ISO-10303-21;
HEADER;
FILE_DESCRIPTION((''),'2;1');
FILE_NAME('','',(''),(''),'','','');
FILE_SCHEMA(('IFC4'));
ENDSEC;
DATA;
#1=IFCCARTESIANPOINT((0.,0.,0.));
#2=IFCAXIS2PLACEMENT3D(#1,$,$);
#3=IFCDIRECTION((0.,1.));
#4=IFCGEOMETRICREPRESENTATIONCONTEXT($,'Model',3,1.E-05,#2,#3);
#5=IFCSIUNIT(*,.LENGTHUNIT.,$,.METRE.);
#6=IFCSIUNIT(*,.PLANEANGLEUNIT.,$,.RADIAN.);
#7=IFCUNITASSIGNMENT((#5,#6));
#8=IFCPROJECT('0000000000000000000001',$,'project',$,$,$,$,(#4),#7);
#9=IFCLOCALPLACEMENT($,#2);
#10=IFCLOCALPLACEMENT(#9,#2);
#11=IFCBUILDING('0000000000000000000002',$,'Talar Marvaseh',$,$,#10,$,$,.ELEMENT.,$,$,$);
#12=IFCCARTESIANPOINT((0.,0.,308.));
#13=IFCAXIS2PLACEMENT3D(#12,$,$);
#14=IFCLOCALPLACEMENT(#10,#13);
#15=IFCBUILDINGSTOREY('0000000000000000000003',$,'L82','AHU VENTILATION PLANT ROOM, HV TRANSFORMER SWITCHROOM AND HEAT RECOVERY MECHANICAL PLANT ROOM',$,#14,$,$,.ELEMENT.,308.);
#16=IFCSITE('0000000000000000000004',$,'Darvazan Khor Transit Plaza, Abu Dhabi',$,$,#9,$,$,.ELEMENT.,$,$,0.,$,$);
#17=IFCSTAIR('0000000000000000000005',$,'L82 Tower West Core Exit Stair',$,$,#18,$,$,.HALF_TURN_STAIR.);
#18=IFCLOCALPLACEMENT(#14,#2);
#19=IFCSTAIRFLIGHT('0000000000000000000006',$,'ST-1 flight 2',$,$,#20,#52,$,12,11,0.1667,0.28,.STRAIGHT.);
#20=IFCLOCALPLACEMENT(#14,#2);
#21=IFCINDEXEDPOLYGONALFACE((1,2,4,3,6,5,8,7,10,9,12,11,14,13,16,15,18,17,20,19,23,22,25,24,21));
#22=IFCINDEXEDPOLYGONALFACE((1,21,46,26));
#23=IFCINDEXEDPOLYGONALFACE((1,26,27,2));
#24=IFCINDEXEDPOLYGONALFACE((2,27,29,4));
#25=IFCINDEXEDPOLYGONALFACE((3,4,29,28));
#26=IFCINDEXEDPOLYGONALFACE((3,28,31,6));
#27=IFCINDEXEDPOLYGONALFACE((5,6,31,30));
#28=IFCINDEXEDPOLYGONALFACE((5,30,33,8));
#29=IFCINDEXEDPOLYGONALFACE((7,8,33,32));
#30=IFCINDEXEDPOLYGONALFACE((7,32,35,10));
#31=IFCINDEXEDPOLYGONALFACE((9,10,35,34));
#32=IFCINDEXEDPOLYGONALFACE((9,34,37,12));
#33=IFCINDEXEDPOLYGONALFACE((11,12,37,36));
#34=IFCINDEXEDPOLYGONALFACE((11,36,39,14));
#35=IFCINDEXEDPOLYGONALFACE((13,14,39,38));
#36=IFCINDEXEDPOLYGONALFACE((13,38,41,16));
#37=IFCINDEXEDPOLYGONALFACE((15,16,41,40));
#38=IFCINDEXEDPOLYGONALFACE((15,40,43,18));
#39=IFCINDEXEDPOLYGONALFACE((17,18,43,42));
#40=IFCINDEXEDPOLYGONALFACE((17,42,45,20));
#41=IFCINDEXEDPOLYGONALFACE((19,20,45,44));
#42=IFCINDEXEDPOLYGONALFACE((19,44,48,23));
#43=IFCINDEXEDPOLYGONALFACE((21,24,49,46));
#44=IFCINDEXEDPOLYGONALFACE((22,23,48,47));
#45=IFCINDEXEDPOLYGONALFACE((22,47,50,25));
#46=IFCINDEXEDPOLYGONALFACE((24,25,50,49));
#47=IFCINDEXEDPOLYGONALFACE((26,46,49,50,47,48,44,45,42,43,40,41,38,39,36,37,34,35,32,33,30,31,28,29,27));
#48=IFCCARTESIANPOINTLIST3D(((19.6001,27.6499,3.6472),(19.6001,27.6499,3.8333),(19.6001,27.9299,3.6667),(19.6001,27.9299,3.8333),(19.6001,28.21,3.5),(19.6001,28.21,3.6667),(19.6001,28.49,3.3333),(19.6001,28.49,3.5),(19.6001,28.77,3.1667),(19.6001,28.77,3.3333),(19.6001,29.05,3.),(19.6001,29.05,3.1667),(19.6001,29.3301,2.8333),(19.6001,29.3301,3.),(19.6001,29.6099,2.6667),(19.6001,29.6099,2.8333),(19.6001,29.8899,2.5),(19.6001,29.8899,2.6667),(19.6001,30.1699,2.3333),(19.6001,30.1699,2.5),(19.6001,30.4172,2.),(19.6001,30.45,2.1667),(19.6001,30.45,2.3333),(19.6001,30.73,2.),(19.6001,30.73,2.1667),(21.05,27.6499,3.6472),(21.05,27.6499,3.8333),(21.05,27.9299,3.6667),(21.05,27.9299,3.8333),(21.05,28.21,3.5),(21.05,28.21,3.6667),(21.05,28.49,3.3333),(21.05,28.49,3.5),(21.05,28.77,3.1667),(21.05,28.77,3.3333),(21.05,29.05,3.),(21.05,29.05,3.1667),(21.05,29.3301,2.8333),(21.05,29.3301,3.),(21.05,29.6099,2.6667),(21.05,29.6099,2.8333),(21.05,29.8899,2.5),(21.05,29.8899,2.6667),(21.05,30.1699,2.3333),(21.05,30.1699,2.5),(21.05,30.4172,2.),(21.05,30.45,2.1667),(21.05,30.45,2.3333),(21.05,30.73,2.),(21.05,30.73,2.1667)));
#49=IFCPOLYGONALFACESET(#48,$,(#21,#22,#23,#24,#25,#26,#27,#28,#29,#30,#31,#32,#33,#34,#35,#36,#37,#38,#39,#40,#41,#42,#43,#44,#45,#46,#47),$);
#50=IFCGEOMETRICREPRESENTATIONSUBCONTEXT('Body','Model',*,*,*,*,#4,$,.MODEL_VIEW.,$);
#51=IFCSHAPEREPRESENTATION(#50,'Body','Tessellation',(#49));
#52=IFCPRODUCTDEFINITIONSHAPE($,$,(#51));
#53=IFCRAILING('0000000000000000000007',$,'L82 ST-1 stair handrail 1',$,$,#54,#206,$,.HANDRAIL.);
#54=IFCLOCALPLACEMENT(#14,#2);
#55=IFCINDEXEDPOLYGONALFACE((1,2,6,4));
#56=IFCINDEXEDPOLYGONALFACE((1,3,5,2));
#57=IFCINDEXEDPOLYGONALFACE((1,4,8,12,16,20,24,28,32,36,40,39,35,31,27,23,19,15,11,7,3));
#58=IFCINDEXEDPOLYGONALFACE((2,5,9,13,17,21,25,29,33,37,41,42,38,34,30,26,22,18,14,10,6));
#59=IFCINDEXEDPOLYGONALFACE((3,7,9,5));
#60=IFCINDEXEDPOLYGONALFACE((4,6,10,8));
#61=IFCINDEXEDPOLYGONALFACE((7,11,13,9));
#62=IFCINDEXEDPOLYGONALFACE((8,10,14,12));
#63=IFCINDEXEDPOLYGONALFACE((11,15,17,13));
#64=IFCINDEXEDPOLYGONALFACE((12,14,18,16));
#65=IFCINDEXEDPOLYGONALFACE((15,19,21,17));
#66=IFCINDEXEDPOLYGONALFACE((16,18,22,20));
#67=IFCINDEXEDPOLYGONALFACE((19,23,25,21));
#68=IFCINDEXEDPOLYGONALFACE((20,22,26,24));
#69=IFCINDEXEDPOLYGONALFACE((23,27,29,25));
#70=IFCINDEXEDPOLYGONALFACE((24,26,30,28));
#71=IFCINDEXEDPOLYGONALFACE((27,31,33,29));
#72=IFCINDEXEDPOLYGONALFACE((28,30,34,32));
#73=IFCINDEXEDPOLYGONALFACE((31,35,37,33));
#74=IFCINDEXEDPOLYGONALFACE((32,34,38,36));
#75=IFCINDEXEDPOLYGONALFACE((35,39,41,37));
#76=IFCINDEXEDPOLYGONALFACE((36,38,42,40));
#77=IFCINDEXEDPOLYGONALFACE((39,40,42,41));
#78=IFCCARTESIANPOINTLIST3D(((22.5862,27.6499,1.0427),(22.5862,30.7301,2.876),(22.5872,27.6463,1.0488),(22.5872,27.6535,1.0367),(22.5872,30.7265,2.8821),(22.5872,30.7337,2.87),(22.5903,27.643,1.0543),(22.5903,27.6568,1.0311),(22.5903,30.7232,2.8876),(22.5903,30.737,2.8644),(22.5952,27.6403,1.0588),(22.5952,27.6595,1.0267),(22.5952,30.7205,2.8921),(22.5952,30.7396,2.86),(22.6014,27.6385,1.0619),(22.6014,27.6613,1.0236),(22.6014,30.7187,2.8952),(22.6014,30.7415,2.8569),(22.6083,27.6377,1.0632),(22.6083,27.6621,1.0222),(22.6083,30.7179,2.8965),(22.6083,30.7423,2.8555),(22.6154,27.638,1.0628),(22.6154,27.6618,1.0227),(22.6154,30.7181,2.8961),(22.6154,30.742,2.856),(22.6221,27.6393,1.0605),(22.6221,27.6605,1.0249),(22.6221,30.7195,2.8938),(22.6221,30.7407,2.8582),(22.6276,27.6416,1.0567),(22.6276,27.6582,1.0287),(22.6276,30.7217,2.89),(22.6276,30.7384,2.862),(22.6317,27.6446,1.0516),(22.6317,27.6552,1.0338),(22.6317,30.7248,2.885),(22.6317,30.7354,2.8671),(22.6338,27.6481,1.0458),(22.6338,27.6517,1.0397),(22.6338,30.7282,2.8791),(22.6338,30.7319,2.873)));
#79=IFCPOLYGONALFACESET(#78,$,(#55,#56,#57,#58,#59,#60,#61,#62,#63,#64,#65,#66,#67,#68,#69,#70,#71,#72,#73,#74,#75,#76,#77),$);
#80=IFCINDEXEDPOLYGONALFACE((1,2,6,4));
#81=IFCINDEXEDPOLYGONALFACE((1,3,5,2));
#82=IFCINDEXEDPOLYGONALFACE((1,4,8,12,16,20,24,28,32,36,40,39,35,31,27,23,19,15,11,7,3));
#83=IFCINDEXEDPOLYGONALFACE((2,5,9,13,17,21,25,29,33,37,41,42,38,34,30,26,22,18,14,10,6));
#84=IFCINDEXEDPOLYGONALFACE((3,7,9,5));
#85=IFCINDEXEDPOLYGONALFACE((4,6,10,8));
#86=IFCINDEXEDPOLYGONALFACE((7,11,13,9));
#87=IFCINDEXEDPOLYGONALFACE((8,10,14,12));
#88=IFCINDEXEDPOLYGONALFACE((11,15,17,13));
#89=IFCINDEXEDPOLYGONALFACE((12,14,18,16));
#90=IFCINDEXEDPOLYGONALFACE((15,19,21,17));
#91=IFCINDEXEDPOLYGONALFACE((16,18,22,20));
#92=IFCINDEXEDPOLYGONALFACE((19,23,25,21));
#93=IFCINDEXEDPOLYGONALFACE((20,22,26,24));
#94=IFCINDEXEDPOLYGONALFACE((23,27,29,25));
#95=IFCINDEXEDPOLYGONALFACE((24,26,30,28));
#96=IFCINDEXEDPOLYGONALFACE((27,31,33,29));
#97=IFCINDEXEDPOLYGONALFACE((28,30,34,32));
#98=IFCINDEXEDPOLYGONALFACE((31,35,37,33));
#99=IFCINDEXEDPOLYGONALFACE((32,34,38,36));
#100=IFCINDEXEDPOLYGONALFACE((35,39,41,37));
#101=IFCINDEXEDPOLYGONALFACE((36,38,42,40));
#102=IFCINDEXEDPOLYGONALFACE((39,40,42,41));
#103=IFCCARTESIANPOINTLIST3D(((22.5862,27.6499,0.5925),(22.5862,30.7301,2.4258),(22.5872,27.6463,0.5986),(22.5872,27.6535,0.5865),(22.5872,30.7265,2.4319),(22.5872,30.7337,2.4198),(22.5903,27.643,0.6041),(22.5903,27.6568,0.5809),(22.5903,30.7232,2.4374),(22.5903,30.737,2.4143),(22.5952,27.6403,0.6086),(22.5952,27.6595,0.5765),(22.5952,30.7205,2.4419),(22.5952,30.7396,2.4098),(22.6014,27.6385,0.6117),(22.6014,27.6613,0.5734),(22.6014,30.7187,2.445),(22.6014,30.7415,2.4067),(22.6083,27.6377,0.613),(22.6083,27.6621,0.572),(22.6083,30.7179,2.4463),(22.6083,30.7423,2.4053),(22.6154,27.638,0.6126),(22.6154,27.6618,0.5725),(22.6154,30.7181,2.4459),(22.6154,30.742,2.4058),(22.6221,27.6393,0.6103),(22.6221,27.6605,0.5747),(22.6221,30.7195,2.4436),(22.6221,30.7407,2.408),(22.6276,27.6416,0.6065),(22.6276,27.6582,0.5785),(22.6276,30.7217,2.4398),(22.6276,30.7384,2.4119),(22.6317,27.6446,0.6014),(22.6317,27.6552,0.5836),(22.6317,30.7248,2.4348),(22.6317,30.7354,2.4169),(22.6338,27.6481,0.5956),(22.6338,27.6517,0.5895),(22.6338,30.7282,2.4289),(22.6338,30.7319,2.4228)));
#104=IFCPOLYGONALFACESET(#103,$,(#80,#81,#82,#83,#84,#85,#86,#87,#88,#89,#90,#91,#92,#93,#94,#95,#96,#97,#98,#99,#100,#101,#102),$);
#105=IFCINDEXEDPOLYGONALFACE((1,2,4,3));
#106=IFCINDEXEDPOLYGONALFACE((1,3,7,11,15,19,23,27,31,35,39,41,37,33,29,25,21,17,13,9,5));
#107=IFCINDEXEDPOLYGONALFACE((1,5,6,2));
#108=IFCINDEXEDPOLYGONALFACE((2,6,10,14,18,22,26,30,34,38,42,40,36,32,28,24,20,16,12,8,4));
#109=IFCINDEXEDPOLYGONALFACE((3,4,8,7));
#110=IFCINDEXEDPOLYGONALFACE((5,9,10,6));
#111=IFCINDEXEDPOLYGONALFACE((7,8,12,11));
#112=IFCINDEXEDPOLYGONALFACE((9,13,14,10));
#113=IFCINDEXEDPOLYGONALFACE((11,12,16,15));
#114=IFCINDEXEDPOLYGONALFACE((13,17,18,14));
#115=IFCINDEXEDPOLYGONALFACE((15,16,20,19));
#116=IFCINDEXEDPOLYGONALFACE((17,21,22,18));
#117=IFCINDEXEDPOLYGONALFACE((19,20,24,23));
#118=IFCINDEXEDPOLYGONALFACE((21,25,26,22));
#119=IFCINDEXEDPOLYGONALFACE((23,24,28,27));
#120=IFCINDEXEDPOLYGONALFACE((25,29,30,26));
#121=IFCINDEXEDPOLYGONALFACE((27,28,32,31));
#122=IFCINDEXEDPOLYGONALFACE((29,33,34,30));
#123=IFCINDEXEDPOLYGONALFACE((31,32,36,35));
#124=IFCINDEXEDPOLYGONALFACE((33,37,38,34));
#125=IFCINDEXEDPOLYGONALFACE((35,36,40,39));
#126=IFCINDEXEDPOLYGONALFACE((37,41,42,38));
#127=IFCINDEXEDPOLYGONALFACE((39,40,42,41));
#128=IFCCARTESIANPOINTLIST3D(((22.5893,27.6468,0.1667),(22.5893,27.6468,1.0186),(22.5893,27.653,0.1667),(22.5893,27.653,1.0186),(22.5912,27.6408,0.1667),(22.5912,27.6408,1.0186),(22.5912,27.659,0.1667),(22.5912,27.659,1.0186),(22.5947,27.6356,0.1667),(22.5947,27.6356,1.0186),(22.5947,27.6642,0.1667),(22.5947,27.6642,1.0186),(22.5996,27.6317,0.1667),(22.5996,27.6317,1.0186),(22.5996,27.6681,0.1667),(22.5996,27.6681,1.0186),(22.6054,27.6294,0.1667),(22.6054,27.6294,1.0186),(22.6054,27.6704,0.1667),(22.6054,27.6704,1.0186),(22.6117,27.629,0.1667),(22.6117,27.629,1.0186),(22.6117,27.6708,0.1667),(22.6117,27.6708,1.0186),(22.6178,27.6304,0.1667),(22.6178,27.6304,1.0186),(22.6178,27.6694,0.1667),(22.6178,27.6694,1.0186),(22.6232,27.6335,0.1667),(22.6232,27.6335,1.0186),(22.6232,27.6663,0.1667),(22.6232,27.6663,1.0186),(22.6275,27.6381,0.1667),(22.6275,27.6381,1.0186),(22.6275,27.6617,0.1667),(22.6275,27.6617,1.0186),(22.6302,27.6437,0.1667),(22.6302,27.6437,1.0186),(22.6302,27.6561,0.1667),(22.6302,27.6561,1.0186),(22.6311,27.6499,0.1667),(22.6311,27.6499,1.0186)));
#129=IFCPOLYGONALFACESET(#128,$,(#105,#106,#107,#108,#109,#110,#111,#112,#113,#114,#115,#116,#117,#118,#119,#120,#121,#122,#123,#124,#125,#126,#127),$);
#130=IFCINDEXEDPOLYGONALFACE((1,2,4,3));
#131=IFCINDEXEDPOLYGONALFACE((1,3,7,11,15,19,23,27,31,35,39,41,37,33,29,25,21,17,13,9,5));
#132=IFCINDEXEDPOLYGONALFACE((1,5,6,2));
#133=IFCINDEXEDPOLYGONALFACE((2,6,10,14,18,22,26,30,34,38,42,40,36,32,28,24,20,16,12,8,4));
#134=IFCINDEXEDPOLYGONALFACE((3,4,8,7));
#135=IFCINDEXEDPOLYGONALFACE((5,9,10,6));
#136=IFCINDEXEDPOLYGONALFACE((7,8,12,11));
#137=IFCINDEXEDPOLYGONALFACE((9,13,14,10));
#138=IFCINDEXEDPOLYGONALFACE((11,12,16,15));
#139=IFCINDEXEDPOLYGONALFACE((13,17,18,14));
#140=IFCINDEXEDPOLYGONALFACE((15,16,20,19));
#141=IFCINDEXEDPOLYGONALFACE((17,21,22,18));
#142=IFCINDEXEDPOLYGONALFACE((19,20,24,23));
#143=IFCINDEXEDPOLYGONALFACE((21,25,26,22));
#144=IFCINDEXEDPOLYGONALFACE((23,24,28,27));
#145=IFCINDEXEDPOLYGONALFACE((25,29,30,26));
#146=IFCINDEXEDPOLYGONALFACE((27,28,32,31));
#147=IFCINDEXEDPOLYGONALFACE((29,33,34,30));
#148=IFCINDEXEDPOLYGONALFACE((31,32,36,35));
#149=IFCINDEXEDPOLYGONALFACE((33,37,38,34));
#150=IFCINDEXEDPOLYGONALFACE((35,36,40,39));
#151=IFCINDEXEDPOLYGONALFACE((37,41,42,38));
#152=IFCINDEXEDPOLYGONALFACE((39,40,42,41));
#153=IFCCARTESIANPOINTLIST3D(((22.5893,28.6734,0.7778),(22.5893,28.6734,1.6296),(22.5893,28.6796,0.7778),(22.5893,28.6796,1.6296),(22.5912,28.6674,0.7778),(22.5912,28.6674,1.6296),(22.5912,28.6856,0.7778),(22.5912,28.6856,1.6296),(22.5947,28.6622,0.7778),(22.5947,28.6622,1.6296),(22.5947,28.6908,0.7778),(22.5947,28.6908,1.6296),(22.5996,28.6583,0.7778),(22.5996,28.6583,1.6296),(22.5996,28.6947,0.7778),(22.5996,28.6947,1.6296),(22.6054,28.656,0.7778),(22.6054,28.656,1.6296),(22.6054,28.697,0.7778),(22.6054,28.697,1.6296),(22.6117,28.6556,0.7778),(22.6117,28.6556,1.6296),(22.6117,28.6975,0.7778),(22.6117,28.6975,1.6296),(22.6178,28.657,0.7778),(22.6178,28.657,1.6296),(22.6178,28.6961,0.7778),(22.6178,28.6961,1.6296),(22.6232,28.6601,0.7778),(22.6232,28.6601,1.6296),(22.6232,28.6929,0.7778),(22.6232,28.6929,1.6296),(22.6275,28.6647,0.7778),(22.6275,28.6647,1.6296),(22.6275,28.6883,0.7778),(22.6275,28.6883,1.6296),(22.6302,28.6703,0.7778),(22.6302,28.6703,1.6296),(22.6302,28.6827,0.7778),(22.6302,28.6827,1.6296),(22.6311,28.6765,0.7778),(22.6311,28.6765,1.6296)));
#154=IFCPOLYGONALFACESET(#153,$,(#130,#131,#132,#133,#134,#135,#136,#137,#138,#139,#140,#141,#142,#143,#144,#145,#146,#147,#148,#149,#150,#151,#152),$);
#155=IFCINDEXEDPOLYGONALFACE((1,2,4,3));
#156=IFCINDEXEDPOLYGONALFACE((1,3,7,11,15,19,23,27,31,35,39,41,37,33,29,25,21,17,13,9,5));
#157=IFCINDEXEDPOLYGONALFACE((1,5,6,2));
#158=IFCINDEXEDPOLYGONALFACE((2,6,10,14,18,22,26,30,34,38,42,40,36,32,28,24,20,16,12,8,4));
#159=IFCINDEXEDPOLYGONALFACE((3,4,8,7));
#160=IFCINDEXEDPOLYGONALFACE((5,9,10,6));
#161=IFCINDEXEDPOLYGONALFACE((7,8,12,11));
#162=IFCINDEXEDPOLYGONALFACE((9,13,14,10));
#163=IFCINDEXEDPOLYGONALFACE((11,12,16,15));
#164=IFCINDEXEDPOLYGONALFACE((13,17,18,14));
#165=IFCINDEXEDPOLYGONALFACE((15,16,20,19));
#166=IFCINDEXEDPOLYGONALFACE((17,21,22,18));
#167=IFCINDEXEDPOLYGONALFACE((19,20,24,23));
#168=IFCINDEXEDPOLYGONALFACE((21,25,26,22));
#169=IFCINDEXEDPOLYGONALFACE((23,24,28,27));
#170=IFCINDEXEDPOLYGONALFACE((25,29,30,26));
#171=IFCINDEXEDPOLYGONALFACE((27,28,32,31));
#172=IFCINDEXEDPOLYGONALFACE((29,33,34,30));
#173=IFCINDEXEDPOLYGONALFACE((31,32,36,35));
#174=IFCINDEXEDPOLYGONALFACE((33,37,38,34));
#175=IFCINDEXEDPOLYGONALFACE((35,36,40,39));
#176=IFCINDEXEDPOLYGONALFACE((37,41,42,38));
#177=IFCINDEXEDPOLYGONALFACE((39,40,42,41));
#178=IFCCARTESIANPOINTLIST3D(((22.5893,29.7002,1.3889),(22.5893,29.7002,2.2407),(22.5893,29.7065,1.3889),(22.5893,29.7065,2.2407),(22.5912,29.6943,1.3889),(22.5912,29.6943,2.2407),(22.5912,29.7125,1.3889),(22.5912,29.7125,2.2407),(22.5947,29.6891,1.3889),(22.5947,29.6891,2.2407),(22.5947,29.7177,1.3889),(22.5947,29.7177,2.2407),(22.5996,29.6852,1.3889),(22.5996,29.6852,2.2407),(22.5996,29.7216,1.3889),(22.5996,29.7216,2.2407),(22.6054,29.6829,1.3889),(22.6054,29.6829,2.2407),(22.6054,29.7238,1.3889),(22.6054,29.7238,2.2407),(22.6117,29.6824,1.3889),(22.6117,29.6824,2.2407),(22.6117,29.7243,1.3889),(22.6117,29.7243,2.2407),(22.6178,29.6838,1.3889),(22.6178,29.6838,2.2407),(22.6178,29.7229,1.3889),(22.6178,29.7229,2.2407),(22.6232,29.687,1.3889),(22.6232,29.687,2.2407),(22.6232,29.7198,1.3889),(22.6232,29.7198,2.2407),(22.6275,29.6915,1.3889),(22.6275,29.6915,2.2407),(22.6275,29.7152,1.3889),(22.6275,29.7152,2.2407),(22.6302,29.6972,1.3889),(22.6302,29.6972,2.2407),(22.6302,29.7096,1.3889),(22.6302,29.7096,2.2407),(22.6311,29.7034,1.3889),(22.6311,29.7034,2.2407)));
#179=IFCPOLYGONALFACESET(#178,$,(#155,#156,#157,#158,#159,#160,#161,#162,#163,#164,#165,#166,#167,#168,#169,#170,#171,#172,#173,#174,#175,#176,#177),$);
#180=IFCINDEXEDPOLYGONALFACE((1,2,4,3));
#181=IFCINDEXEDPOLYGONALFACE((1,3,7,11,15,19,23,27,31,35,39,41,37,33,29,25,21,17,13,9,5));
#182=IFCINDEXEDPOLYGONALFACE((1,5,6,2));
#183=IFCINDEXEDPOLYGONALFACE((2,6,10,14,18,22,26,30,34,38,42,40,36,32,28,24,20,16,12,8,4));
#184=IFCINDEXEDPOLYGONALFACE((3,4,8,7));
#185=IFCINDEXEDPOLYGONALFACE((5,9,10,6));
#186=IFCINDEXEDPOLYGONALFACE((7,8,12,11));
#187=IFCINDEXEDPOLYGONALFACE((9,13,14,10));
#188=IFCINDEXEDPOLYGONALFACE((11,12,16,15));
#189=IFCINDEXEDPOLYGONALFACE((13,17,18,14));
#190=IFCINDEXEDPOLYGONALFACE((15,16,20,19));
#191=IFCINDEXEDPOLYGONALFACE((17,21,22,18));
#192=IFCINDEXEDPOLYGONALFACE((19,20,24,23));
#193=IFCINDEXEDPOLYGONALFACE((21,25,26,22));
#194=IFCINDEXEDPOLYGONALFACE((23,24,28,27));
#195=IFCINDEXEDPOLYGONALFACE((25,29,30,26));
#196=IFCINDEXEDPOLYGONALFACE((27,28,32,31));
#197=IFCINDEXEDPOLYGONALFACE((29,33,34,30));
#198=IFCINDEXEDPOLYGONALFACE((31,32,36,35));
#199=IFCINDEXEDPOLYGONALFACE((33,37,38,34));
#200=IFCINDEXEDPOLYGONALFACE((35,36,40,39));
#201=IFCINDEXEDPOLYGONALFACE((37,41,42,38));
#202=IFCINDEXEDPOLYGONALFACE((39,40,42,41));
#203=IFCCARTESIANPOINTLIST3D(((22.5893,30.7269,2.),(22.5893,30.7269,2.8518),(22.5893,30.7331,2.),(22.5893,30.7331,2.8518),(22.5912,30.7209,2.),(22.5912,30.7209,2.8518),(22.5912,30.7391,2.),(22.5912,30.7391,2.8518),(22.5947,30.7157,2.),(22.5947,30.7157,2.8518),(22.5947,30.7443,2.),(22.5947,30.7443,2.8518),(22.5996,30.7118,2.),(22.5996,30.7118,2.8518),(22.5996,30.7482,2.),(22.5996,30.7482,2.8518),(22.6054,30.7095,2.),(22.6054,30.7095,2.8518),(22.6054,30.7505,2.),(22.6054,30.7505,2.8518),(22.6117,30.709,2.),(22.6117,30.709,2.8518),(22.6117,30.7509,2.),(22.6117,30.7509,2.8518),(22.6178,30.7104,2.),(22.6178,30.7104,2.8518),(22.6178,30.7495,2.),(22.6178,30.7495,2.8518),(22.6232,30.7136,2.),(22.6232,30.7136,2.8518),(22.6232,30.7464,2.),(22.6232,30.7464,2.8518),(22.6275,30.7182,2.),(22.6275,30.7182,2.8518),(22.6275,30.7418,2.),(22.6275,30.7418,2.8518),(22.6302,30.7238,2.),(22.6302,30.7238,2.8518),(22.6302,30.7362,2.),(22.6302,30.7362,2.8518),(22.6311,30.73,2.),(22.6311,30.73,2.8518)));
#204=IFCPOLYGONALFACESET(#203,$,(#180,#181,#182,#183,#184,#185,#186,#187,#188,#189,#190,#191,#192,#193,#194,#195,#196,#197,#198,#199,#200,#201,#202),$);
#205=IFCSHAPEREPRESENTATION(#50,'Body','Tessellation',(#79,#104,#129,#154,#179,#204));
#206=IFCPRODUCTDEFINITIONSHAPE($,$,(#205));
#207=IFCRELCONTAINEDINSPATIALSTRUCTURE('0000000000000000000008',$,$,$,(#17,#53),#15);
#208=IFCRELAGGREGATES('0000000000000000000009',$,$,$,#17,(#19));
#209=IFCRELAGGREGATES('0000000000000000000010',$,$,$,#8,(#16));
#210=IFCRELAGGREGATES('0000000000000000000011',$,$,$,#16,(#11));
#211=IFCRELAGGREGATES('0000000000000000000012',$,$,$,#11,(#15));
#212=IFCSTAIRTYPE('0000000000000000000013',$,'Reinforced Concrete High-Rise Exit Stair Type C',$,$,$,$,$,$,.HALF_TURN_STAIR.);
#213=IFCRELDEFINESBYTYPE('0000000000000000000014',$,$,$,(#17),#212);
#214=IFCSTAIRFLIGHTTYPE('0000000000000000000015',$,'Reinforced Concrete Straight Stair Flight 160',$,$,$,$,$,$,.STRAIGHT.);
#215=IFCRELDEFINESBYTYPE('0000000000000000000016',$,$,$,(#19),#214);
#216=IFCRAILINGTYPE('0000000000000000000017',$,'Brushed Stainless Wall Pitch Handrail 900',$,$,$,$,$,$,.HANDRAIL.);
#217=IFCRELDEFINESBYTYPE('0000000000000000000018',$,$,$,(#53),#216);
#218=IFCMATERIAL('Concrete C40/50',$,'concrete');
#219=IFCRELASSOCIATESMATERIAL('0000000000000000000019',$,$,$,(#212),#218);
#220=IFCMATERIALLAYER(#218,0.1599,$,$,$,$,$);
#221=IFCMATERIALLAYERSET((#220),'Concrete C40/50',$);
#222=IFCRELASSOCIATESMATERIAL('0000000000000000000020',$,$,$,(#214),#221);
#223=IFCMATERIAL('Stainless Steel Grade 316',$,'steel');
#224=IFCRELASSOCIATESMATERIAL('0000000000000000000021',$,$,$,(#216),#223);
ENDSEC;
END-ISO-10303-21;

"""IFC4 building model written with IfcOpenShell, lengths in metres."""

from ifc_helpers import new_model, si_unit, direction, frame, origin, origin_2d, place, context, subcontext, project, spatial, polyline, circle, outline, extrude, material, layer, layer_set, type_object, element, aggregate, save


model = new_model("IFC4")

# Units and contexts
model_context = context("Model", 3, precision=1e-05, world=origin(), true_north=direction((0.0, 1.0)))
body_context = subcontext(model_context, "Body", "Model", "MODEL_VIEW")
ifc_project = project(units=[si_unit("LENGTHUNIT", "METRE"), si_unit("PLANEANGLEUNIT", "RADIAN")], contexts=[model_context])

# Site, building, storey
site_placement = place(None, origin())
site = spatial("IfcSite", under=ifc_project, at=site_placement, Name="Darvazan Khor Transit Plaza, Abu Dhabi", CompositionType="ELEMENT", RefElevation=0.0)
building_placement = place(site_placement, origin())
building = spatial("IfcBuilding", under=site, at=building_placement, Name="Talar Marvaseh", CompositionType="ELEMENT")
storey_placement = place(building_placement, frame((0.0, 0.0, 308.0)))
storey = spatial("IfcBuildingStorey", under=building, at=storey_placement, Name="L82", Description="AHU VENTILATION PLANT ROOM, HV TRANSFORMER SWITCHROOM AND HEAT RECOVERY MECHANICAL PLANT ROOM", CompositionType="ELEMENT", Elevation=308.0)

# Shared definitions
ifc_material_1 = material(Name="Concrete C40/50", Category="concrete")

# Shared definitions
ifc_material_2 = material(Name="Stainless Steel Grade 316", Category="steel")

# Stair, stair flight
stair_type = type_object("IfcStairType", Name="Reinforced Concrete High-Rise Exit Stair Type C", PredefinedType="HALF_TURN_STAIR", material=ifc_material_1)
stair_placement = place(storey_placement, origin())
stair = element("IfcStair", 1, at=stair_placement, inside=storey, type_object=stair_type, Name="L82 Tower West Core Exit Stair", PredefinedType="HALF_TURN_STAIR")
ifc_layer_1 = layer(ifc_material_1, 0.1599)
ifc_layer_set_1 = layer_set([ifc_layer_1], Name="Concrete C40/50")
stair_flight_type = type_object("IfcStairFlightType", Name="Reinforced Concrete Straight Stair Flight 160", PredefinedType="STRAIGHT", material=ifc_layer_set_1)
stair_flight_1_placement = place(storey_placement, frame((20.325, 30.73, 2.0), z_axis=(0.0, 0.0, 1.0), x_axis=(0.0, -1.0, 0.0)))
stair_flight_1 = element("IfcStairFlight", 2, at=stair_flight_1_placement, type_object=stair_flight_type, Name="ST-1 flight 2", NumberOfRisers=12, NumberOfTreads=11, PredefinedType="STRAIGHT", RiserHeight=0.1667, TreadLength=0.28, context=body_context, shape_type="SweptSolid", body=[
    extrude(outline(polyline([(0.0, 0.0), (0.0, 0.1667), (0.28, 0.1667), (0.28, 0.3333), (0.5601, 0.3333), (0.5601, 0.5), (0.8401, 0.5), (0.8401, 0.6667), (1.1201, 0.6667), (1.1201, 0.8333), (1.3999, 0.8333), (1.3999, 1.0), (1.6799, 1.0), (1.6799, 1.1667), (1.96, 1.1667), (1.96, 1.3333), (2.24, 1.3333), (2.24, 1.5), (2.52, 1.5), (2.52, 1.6667), (2.8, 1.6667), (2.8, 1.8333), (3.0801, 1.8333), (3.0801, 2.0), (3.0801, 1.6472), (0.3127, 0.0), (0.0, 0.0)])), frame((0.0, 0.7251, 0.0), z_axis=(0.0, -1.0, 0.0), x_axis=(1.0, 0.0, 0.0)), (0.0, 0.0, 1.0), 1.45),
])
aggregate(stair, [stair_flight_1])

# Railing
railing_type_1 = type_object("IfcRailingType", Name="Brushed Stainless Wall Pitch Handrail 900", PredefinedType="HANDRAIL", material=ifc_material_2)
railing_1_placement = place(storey_placement, frame((22.6101, 27.6499, 0.1667)))
element("IfcRailing", 3, at=railing_1_placement, inside=storey, type_object=railing_type_1, Name="L82 ST-1 stair handrail 1", PredefinedType="HANDRAIL", context=body_context, shape_type="SweptSolid", body=[
    extrude(circle(Radius=0.0239, at=origin_2d()), frame((0.0, 0.0, 0.876), z_axis=(0.0, 0.859309, 0.511458), x_axis=(-1.0, 0.0, 0.0)), (0.0, 0.0, 1.0), 3.5845),
    extrude(circle(Radius=0.0239, at=origin_2d()), frame((0.0, 0.0, 0.4258), z_axis=(0.0, 0.859309, 0.511458), x_axis=(-1.0, 0.0, 0.0)), (0.0, 0.0, 1.0), 3.5845),
    extrude(circle(Radius=0.021, at=origin_2d()), origin(), (0.0, 0.0, 1.0), 0.8518),
    extrude(circle(Radius=0.021, at=origin_2d()), frame((0.0, 1.0266, 0.6111)), (0.0, 0.0, 1.0), 0.8518),
    extrude(circle(Radius=0.021, at=origin_2d()), frame((0.0, 2.0535, 1.2222)), (0.0, 0.0, 1.0), 0.8518),
    extrude(circle(Radius=0.021, at=origin_2d()), frame((0.0, 3.0801, 1.8333)), (0.0, 0.0, 1.0), 0.8518),
])

save(model, "model.ifc")
